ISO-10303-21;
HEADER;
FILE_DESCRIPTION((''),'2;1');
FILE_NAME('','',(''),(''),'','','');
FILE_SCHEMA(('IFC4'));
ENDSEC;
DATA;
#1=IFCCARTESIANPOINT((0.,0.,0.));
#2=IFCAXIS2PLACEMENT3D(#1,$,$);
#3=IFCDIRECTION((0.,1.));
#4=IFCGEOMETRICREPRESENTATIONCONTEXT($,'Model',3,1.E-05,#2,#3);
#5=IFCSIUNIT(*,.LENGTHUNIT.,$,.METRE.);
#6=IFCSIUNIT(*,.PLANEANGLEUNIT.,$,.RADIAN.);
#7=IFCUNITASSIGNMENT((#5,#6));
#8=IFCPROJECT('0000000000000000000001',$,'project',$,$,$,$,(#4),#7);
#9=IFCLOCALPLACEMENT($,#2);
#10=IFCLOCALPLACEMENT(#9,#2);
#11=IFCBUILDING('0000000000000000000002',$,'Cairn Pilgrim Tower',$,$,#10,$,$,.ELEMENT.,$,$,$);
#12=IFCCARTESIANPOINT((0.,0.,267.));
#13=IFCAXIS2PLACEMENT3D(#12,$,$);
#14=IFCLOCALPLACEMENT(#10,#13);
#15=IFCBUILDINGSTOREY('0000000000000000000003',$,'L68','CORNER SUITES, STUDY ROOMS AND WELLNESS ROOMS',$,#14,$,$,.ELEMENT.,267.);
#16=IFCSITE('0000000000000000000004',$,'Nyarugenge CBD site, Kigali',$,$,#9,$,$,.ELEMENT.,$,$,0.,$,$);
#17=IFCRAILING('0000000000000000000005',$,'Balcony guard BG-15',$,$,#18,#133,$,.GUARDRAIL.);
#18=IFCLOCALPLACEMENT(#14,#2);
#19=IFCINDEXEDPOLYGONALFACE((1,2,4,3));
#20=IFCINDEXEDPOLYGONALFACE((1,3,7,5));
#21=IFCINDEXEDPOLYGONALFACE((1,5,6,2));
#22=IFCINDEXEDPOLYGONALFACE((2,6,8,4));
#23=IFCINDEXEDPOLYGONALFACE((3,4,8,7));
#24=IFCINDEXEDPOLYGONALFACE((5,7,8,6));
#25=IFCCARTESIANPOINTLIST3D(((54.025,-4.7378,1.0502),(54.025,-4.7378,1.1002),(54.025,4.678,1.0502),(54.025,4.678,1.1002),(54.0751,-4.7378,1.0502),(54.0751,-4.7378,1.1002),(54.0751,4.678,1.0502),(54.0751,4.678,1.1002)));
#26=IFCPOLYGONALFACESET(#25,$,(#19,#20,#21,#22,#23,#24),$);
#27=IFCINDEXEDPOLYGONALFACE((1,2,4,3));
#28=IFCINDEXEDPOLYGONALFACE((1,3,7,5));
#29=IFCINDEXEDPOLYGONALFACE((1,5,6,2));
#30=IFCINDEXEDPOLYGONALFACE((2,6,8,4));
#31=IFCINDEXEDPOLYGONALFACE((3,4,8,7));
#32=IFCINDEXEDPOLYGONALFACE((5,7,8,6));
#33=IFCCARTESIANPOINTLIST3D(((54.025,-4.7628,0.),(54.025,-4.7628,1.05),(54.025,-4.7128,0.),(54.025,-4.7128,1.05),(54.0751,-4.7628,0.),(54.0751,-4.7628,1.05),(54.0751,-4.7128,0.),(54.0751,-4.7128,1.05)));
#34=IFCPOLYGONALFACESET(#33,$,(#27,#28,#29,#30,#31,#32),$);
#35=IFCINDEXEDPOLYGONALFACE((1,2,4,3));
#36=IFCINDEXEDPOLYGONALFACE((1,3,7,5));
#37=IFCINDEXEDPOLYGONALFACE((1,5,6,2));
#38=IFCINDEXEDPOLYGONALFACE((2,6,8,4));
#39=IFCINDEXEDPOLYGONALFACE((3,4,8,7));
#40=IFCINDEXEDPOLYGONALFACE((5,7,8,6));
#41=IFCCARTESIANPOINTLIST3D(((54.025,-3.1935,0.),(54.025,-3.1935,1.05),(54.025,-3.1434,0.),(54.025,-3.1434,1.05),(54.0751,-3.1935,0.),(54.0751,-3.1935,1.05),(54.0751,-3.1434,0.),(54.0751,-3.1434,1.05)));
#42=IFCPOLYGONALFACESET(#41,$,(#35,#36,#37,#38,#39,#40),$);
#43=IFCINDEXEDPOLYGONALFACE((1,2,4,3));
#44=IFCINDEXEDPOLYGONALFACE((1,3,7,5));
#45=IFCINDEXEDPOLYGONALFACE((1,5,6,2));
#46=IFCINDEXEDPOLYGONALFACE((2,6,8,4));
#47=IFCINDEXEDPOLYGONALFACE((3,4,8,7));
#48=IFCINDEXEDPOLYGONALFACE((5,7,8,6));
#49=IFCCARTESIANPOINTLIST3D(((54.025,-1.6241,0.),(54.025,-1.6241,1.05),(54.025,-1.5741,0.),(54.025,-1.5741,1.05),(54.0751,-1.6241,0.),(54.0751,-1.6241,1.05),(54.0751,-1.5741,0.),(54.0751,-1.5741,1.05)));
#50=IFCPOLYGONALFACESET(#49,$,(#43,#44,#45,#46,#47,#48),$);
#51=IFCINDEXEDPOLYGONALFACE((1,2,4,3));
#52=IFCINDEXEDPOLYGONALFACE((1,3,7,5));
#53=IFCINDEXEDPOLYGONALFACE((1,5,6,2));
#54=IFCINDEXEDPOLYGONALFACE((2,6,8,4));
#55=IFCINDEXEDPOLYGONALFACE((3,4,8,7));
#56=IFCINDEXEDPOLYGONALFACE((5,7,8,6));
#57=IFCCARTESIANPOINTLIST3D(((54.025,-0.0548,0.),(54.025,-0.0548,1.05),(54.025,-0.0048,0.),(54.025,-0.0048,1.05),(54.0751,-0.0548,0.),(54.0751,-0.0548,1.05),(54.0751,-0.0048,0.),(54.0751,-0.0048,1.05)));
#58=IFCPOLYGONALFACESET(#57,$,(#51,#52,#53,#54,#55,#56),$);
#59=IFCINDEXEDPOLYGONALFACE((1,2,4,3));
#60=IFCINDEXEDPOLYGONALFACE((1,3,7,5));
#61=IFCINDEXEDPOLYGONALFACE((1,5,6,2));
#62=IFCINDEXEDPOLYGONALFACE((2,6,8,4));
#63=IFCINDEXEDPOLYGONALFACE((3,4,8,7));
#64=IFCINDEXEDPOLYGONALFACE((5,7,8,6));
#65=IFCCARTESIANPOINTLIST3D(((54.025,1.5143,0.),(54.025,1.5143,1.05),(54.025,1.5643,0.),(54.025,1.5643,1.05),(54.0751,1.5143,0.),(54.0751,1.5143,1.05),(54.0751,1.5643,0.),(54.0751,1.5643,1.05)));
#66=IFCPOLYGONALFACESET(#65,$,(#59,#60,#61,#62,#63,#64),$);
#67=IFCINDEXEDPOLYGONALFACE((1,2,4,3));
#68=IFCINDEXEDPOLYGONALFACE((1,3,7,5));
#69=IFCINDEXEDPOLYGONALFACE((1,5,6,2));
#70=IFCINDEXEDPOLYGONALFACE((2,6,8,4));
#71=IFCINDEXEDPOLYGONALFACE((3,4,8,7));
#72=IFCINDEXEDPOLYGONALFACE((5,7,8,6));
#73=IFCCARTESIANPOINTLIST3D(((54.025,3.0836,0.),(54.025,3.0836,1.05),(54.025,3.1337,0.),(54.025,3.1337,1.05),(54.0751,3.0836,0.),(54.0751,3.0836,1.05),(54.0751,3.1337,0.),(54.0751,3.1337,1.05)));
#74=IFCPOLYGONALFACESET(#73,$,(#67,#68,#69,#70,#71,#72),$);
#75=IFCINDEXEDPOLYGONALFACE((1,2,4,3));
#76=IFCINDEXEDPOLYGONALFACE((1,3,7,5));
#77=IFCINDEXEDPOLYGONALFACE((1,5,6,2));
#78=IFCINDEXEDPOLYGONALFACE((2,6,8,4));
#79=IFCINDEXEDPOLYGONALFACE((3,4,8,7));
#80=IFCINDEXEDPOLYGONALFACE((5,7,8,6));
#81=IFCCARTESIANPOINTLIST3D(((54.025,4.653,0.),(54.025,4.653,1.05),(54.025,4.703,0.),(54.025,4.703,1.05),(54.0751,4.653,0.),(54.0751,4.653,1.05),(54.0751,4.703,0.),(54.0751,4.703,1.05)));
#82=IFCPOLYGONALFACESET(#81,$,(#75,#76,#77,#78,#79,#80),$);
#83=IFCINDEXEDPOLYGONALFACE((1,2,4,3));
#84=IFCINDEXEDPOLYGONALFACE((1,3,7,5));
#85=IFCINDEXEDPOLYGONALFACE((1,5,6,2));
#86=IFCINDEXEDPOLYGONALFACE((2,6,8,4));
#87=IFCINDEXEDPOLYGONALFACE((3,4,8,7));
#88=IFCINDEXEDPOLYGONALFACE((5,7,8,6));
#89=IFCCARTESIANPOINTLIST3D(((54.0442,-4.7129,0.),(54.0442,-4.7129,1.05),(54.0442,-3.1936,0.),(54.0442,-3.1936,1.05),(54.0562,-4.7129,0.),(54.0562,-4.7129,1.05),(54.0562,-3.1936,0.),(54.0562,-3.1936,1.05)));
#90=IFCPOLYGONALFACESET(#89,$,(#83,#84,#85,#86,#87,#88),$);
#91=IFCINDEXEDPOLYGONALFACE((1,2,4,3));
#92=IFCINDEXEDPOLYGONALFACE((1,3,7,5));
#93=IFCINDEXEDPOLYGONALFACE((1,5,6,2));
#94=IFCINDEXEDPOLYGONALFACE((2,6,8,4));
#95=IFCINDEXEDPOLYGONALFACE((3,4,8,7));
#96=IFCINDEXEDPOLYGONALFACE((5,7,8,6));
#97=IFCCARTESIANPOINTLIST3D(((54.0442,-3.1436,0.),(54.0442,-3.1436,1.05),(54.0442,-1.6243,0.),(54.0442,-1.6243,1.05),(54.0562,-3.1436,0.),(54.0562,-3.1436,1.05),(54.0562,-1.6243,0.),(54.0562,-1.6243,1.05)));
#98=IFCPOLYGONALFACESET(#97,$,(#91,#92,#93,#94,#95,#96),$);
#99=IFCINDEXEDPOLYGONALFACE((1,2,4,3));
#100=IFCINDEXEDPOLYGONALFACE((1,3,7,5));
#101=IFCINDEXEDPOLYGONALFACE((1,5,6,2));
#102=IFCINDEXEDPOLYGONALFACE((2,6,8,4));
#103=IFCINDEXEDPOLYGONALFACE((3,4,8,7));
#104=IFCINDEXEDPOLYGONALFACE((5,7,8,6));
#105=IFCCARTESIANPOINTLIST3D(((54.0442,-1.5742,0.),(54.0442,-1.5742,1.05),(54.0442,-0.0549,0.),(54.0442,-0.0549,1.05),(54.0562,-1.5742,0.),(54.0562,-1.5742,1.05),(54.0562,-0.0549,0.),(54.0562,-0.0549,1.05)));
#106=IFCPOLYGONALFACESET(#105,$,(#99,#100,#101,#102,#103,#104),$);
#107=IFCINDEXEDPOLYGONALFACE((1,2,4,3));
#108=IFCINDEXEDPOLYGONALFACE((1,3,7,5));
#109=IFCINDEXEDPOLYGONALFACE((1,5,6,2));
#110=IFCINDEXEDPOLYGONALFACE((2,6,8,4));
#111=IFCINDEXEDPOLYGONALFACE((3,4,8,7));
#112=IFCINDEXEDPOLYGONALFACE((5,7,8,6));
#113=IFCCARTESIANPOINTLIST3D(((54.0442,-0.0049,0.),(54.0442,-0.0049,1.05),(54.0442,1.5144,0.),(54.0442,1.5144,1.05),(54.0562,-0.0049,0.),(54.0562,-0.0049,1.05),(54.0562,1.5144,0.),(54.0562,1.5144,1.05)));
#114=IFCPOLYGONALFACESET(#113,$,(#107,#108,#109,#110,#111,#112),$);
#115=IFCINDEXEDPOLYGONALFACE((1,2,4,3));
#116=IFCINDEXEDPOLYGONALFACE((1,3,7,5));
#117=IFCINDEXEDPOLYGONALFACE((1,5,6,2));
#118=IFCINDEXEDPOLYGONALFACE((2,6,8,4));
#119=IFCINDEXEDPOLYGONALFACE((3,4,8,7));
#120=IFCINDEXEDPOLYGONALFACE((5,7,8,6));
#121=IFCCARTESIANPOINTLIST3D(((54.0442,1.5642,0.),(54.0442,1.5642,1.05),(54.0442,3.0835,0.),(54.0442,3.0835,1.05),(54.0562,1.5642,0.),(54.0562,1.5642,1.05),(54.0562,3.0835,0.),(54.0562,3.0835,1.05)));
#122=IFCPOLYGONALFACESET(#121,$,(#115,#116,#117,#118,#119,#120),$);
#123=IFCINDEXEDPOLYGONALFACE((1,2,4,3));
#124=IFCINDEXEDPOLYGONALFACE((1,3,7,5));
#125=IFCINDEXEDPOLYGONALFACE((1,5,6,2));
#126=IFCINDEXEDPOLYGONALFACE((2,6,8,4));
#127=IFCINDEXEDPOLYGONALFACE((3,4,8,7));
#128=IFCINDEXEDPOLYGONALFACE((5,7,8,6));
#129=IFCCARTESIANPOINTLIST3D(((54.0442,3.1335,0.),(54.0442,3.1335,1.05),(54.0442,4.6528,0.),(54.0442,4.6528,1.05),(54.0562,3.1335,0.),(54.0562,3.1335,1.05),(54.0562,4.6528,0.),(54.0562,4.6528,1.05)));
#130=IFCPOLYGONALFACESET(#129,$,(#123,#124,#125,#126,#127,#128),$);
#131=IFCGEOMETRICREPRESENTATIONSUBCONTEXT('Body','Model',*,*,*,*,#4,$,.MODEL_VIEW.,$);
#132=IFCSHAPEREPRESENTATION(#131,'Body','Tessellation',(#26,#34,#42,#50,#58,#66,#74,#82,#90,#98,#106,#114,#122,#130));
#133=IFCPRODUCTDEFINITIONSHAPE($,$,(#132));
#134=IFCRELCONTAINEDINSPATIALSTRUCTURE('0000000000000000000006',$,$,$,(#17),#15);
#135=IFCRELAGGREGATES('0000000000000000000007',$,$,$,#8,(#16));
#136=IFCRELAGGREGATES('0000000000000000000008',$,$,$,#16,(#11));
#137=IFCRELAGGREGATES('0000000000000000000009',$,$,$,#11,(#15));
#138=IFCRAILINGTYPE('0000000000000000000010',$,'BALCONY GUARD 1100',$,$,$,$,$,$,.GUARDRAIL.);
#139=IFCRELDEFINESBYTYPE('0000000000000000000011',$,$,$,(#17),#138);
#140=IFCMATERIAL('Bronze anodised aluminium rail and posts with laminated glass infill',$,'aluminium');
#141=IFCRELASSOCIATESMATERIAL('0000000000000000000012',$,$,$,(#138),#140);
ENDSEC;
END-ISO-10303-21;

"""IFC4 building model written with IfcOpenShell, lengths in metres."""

from ifc_helpers import new_model, si_unit, direction, frame, origin, origin_2d, place, context, subcontext, project, spatial, polyline, rectangle, outline, extrude, material, type_object, element, save


model = new_model("IFC4")

# Units and contexts
model_context = context("Model", 3, precision=1e-05, world=origin(), true_north=direction((0.0, 1.0)))
body_context = subcontext(model_context, "Body", "Model", "MODEL_VIEW")
ifc_project = project(units=[si_unit("LENGTHUNIT", "METRE"), si_unit("PLANEANGLEUNIT", "RADIAN")], contexts=[model_context])

# Site, building, storey
site_placement = place(None, origin())
site = spatial("IfcSite", under=ifc_project, at=site_placement, Name="Nyarugenge CBD site, Kigali", CompositionType="ELEMENT", RefElevation=0.0)
building_placement = place(site_placement, origin())
building = spatial("IfcBuilding", under=site, at=building_placement, Name="Cairn Pilgrim Tower", CompositionType="ELEMENT")
storey_placement = place(building_placement, frame((0.0, 0.0, 267.0)))
storey = spatial("IfcBuildingStorey", under=building, at=storey_placement, Name="L68", Description="CORNER SUITES, STUDY ROOMS AND WELLNESS ROOMS", CompositionType="ELEMENT", Elevation=267.0)

# Railing
ifc_material_1 = material(Name="Bronze anodised aluminium rail and posts with laminated glass infill", Category="aluminium")
railing_type = type_object("IfcRailingType", Name="BALCONY GUARD 1100", PredefinedType="GUARDRAIL", material=ifc_material_1)
railing_1_placement = place(storey_placement, frame((54.05, -4.7378, 0.0)))
element("IfcRailing", 1, at=railing_1_placement, inside=storey, type_object=railing_type, Name="Balcony guard BG-15", PredefinedType="GUARDRAIL", context=body_context, shape_type="SweptSolid", body=[
    extrude(rectangle(XDim=0.05, YDim=0.05, at=origin_2d()), frame((0.0, 0.0, 1.0752), z_axis=(0.0, 1.0, 0.0), x_axis=(-1.0, 0.0, 0.0)), (0.0, 0.0, 1.0), 9.4158),
    extrude(rectangle(XDim=0.05, YDim=0.05, at=origin_2d()), origin(), (0.0, 0.0, 1.0), 1.05),
    extrude(rectangle(XDim=0.05, YDim=0.05, at=origin_2d()), frame((0.0, 1.5693, 0.0)), (0.0, 0.0, 1.0), 1.05),
    extrude(rectangle(XDim=0.05, YDim=0.05, at=origin_2d()), frame((0.0, 3.1387, 0.0)), (0.0, 0.0, 1.0), 1.05),
    extrude(rectangle(XDim=0.05, YDim=0.05, at=origin_2d()), frame((0.0, 4.708, 0.0)), (0.0, 0.0, 1.0), 1.05),
    extrude(rectangle(XDim=0.05, YDim=0.05, at=origin_2d()), frame((0.0, 6.2771, 0.0)), (0.0, 0.0, 1.0), 1.05),
    extrude(rectangle(XDim=0.05, YDim=0.05, at=origin_2d()), frame((0.0, 7.8464, 0.0)), (0.0, 0.0, 1.0), 1.05),
    extrude(rectangle(XDim=0.05, YDim=0.05, at=origin_2d()), frame((0.0, 9.4158, 0.0)), (0.0, 0.0, 1.0), 1.05),
    extrude(outline(polyline([(0.0249, 0.0), (1.5442, 0.0), (1.5442, 1.05), (0.0249, 1.05), (0.0249, 0.0)])), frame((-0.0059, 0.0, 0.0), z_axis=(1.0, 0.0, 0.0), x_axis=(0.0, 1.0, 0.0)), (0.0, 0.0, 1.0), 0.012),
    extrude(outline(polyline([(0.0249, 0.0), (1.5442, 0.0), (1.5442, 1.05), (0.0249, 1.05), (0.0249, 0.0)])), frame((-0.0059, 1.5693, 0.0), z_axis=(1.0, 0.0, 0.0), x_axis=(0.0, 1.0, 0.0)), (0.0, 0.0, 1.0), 0.012),
    extrude(outline(polyline([(0.0249, 0.0), (1.5442, 0.0), (1.5442, 1.05), (0.0249, 1.05), (0.0249, 0.0)])), frame((-0.0059, 3.1387, 0.0), z_axis=(1.0, 0.0, 0.0), x_axis=(0.0, 1.0, 0.0)), (0.0, 0.0, 1.0), 0.012),
    extrude(outline(polyline([(0.0249, 0.0), (1.5442, 0.0), (1.5442, 1.05), (0.0249, 1.05), (0.0249, 0.0)])), frame((-0.0059, 4.708, 0.0), z_axis=(1.0, 0.0, 0.0), x_axis=(0.0, 1.0, 0.0)), (0.0, 0.0, 1.0), 0.012),
    extrude(outline(polyline([(0.0249, 0.0), (1.5442, 0.0), (1.5442, 1.05), (0.0249, 1.05), (0.0249, 0.0)])), frame((-0.0059, 6.2771, 0.0), z_axis=(1.0, 0.0, 0.0), x_axis=(0.0, 1.0, 0.0)), (0.0, 0.0, 1.0), 0.012),
    extrude(outline(polyline([(0.0249, 0.0), (1.5442, 0.0), (1.5442, 1.05), (0.0249, 1.05), (0.0249, 0.0)])), frame((-0.0059, 7.8464, 0.0), z_axis=(1.0, 0.0, 0.0), x_axis=(0.0, 1.0, 0.0)), (0.0, 0.0, 1.0), 0.012),
])

save(model, "model.ifc")
